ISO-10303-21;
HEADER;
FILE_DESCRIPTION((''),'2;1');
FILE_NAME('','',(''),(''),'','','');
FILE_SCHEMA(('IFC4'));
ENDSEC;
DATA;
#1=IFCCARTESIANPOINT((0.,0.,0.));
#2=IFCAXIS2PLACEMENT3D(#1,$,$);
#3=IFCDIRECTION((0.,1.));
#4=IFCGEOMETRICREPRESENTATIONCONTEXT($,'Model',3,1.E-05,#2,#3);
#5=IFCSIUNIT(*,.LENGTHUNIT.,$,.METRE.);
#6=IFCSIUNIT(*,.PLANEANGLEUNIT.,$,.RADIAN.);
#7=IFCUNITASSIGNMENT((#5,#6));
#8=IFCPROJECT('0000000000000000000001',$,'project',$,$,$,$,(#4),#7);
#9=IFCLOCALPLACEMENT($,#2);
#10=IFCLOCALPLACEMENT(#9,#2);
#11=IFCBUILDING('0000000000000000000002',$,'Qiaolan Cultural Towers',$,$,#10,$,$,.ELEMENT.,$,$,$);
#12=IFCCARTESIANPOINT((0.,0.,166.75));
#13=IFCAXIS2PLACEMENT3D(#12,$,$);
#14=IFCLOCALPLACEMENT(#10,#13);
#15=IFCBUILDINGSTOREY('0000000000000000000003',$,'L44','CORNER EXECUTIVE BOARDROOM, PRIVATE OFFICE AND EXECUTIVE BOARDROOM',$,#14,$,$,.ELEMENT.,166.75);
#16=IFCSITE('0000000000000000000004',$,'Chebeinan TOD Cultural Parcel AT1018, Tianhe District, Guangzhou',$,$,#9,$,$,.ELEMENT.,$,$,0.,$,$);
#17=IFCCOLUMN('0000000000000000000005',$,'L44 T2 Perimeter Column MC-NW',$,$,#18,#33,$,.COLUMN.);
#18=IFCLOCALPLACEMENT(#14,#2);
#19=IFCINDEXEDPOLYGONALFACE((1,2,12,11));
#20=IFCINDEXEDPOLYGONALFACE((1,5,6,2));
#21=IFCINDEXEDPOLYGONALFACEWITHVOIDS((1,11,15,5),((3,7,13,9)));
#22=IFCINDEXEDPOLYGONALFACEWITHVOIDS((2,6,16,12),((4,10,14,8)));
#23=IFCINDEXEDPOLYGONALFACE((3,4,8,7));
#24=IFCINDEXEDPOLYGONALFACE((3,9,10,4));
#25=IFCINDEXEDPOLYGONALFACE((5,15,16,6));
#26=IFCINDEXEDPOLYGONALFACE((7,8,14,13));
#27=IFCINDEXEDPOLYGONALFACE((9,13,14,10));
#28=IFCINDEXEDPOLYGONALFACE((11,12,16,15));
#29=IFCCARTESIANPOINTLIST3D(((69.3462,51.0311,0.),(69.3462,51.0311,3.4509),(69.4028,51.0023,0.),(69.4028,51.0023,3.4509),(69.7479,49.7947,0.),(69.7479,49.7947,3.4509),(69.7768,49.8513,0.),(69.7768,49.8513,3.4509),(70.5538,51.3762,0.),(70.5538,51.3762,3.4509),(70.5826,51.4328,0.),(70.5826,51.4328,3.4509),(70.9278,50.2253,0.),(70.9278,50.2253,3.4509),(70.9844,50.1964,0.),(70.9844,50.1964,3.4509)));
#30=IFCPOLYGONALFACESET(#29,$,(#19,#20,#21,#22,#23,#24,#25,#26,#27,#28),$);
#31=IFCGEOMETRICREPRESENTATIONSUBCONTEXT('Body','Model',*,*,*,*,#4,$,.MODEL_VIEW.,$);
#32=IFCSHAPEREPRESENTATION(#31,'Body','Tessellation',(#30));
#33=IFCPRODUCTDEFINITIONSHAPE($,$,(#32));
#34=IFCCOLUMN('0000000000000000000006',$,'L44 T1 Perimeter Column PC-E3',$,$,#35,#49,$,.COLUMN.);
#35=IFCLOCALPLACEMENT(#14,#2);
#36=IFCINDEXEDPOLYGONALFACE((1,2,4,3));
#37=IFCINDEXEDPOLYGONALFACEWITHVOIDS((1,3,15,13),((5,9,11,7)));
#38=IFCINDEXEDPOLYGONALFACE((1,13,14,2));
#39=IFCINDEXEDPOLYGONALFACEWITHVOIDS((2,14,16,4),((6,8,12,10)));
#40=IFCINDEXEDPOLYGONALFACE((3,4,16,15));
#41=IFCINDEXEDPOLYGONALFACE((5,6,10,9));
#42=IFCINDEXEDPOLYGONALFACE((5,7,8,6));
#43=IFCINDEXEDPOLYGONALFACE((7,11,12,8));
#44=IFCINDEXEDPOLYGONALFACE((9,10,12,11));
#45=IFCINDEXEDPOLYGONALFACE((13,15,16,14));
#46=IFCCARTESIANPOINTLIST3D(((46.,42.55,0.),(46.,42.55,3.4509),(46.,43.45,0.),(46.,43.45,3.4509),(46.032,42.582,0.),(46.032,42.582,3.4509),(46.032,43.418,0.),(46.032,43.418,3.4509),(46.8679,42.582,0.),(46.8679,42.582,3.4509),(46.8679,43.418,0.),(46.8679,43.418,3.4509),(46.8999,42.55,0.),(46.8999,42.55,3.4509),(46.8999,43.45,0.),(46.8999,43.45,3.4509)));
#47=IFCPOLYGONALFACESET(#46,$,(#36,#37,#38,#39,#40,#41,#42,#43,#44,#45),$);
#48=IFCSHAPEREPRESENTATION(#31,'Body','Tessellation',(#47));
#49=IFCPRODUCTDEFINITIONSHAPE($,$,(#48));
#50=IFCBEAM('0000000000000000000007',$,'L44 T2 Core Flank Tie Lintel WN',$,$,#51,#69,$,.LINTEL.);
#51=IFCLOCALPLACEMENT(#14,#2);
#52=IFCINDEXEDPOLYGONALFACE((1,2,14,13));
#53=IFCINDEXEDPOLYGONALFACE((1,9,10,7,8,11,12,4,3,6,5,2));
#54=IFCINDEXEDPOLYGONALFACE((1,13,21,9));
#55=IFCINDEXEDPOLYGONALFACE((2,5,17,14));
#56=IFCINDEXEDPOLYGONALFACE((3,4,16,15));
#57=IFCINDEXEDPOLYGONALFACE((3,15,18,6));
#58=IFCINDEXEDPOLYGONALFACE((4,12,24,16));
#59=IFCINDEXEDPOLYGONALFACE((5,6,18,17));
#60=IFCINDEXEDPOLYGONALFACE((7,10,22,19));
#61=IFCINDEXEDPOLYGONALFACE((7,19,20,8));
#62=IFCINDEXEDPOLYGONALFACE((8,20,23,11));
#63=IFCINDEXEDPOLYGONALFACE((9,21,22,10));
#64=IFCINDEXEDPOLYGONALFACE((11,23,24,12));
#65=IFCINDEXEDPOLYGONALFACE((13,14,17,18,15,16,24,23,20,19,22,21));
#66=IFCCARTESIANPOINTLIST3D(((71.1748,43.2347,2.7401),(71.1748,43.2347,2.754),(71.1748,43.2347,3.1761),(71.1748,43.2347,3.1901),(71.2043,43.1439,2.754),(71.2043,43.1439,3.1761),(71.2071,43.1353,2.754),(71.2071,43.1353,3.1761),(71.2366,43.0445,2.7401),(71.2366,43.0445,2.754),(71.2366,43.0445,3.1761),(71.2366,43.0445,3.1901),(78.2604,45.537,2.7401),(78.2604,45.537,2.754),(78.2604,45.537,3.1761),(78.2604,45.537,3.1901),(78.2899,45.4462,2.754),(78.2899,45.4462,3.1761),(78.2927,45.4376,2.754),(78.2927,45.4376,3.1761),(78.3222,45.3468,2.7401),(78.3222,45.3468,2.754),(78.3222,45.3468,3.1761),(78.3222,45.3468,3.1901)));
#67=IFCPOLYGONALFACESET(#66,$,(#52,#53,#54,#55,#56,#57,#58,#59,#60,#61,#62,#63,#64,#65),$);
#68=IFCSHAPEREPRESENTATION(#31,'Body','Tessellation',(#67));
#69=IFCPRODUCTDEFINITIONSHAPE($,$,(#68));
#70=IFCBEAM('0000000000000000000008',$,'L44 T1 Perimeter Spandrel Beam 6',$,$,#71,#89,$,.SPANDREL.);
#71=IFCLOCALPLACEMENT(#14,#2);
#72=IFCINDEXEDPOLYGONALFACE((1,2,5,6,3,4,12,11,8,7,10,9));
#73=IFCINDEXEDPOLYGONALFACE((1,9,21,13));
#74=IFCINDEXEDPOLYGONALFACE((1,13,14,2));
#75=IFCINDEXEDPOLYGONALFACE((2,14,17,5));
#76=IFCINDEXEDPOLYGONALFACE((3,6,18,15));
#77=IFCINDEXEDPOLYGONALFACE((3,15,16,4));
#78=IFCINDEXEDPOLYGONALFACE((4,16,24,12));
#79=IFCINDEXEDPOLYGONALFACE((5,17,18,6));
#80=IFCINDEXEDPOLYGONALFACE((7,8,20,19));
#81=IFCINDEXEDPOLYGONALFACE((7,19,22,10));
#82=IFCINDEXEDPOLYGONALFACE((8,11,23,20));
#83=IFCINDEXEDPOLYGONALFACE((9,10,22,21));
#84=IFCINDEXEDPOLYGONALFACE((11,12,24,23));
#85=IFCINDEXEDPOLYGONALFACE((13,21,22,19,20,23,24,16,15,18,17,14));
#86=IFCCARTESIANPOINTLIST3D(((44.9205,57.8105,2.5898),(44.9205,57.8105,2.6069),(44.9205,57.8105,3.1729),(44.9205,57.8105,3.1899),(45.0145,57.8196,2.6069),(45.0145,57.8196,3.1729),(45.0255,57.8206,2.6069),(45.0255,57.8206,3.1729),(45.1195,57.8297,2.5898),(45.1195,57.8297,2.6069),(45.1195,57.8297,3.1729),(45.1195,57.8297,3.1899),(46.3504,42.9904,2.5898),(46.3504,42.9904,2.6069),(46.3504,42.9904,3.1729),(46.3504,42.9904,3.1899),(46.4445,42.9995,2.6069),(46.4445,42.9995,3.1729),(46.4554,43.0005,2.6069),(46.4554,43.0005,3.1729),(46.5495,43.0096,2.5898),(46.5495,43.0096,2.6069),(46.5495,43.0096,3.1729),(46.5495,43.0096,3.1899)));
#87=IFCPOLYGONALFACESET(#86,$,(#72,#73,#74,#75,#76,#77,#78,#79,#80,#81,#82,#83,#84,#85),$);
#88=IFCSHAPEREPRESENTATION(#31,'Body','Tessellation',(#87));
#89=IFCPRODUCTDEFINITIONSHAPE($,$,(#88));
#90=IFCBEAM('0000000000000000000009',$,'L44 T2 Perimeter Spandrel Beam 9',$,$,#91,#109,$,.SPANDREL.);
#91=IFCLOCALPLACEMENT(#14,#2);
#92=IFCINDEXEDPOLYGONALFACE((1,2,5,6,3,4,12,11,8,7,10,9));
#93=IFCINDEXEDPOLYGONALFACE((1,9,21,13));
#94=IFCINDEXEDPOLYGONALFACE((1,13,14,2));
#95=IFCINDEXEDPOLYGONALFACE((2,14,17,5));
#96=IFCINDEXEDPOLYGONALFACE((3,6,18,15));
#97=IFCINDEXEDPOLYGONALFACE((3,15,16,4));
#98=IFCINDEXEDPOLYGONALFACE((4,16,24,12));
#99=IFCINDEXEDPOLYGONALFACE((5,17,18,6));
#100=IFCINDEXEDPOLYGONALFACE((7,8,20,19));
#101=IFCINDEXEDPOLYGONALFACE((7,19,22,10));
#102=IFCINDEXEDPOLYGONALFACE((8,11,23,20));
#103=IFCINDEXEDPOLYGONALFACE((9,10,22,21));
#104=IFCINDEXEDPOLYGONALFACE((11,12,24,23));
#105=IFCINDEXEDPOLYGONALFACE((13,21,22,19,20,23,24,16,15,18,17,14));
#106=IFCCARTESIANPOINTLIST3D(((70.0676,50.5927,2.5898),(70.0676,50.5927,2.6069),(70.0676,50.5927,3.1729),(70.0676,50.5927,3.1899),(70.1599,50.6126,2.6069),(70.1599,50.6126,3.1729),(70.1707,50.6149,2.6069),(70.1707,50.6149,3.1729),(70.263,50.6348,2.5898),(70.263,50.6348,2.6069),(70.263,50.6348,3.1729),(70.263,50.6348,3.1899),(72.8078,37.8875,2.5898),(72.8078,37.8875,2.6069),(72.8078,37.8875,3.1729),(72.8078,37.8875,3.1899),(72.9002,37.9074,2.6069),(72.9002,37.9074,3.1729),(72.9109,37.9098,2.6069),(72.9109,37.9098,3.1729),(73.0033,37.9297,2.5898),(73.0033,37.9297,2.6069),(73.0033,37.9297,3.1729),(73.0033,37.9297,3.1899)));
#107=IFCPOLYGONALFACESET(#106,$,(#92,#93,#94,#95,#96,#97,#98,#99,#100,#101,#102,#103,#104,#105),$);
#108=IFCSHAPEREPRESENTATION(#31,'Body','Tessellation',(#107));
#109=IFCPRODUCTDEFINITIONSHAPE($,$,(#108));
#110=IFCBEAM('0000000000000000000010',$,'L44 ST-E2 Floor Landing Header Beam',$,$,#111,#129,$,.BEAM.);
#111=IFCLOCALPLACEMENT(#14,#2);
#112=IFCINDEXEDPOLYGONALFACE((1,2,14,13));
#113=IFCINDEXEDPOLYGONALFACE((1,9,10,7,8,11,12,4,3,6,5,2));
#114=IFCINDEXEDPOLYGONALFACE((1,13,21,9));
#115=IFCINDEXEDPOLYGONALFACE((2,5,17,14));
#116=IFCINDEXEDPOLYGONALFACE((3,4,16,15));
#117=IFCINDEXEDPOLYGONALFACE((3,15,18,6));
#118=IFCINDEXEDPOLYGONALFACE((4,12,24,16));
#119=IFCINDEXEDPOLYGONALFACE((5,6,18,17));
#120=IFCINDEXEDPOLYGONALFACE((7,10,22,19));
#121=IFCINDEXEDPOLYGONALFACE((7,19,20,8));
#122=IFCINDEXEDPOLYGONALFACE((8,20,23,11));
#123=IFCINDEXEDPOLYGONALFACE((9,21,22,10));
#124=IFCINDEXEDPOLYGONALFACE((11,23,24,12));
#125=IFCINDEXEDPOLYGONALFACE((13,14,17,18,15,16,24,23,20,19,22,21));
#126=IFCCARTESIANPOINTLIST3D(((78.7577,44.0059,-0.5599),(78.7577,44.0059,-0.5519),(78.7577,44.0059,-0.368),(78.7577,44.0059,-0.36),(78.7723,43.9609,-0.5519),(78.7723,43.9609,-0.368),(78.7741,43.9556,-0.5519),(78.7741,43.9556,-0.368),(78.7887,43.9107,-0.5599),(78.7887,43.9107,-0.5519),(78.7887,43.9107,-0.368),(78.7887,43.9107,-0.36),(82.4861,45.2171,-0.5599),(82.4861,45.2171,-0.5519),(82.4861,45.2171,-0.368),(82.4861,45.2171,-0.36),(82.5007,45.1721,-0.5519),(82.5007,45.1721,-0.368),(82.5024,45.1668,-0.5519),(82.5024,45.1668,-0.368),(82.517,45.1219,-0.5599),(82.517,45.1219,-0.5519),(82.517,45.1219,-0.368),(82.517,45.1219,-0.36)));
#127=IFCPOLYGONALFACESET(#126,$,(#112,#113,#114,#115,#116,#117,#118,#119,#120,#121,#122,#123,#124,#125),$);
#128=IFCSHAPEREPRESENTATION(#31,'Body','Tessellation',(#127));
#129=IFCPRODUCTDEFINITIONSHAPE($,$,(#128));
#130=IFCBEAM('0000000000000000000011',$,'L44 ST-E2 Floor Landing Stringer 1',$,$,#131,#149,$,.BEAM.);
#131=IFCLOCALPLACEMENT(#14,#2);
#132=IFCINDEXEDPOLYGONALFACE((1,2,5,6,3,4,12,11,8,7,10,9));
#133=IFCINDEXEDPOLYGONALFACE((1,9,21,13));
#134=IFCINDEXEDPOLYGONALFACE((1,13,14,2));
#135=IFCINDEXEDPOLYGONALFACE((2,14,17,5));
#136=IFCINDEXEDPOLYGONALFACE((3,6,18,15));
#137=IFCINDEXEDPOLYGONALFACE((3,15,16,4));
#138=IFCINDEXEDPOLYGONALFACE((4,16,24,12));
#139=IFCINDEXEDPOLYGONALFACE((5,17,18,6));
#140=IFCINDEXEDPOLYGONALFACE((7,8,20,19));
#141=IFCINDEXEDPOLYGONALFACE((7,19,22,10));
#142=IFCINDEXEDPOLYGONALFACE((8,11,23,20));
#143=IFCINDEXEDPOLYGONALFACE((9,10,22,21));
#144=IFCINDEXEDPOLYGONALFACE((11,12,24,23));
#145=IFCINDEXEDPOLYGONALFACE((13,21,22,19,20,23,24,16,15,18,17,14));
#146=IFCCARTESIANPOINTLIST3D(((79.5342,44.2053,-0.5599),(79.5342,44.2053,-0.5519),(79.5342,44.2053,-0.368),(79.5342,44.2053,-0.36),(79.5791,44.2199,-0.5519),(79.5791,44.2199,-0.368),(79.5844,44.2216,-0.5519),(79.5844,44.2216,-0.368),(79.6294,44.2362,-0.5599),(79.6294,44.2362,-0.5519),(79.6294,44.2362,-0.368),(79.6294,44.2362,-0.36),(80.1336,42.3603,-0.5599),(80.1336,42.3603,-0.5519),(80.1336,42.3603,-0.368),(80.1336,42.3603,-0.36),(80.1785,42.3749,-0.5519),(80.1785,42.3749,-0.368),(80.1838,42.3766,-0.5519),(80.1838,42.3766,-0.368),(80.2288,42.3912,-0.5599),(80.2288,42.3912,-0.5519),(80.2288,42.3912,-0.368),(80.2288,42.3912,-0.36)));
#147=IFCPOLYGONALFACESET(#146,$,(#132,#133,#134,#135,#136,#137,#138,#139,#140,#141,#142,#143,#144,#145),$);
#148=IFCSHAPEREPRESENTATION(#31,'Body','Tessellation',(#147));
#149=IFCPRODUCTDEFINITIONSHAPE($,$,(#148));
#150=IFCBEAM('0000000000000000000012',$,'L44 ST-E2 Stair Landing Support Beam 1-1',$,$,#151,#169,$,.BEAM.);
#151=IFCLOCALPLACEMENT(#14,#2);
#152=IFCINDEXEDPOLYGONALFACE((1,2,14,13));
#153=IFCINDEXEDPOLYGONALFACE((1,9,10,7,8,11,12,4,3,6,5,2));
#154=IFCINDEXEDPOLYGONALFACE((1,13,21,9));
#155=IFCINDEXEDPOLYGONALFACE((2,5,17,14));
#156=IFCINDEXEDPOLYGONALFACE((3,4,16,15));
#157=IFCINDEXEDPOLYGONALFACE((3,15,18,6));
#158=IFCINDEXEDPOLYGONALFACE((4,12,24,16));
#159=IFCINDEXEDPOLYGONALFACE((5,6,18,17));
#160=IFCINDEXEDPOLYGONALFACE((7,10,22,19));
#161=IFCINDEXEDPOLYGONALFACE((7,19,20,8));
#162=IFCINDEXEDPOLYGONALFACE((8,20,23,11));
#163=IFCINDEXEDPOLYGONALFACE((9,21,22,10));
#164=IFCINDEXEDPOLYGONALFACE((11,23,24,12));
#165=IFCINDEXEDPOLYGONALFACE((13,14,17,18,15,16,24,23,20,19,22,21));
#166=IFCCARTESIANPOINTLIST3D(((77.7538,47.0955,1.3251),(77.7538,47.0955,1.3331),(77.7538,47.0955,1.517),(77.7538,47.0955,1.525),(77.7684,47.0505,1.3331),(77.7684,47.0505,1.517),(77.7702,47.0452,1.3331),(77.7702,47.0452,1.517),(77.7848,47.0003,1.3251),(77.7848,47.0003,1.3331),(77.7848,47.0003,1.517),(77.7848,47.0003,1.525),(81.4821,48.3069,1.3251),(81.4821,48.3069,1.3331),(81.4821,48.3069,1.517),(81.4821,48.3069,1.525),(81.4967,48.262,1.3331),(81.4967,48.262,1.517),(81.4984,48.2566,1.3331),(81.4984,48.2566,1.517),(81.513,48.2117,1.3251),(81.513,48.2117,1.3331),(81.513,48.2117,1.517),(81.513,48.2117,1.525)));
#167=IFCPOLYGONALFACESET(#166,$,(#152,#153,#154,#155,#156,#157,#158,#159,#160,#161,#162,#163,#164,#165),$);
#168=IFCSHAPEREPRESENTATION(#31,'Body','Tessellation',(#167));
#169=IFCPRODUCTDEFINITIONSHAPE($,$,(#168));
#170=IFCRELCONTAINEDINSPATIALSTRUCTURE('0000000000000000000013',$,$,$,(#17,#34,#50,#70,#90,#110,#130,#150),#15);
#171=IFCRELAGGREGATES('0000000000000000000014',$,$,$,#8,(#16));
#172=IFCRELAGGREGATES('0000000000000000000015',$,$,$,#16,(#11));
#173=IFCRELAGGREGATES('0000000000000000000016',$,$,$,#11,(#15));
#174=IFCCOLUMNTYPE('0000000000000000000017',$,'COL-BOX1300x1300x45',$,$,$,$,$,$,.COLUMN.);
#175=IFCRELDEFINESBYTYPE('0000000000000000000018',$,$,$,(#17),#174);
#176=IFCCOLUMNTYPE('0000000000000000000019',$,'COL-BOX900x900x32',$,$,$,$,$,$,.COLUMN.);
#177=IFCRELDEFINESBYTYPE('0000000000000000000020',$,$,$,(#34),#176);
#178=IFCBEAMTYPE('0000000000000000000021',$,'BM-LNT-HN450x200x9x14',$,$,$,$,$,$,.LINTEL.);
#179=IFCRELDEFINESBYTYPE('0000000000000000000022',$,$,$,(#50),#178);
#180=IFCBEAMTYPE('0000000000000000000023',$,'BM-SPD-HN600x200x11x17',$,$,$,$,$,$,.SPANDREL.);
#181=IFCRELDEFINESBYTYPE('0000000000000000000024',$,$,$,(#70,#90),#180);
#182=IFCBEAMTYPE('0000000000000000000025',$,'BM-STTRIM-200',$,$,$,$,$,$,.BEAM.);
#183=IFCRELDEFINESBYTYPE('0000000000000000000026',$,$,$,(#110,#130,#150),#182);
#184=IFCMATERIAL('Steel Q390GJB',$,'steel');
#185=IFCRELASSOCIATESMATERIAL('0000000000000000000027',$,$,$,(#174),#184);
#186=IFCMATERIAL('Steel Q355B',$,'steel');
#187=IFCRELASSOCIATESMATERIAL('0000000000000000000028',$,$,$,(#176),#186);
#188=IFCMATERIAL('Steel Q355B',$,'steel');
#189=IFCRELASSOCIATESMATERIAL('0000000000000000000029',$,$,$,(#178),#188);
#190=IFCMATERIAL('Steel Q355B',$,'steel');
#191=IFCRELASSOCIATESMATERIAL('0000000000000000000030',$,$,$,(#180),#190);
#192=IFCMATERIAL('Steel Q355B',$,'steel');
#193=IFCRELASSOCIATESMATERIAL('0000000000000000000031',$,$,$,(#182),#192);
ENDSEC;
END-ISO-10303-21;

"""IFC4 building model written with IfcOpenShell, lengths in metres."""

from ifc_helpers import new_model, si_unit, direction, frame, origin, origin_2d, place, context, subcontext, project, spatial, hollow_rectangle, i_section, extrude, material, material_profile, profile_set, type_object, element, save


model = new_model("IFC4")

# Units and contexts
model_context = context("Model", 3, precision=1e-05, world=origin(), true_north=direction((0.0, 1.0)))
body_context = subcontext(model_context, "Body", "Model", "MODEL_VIEW")
ifc_project = project(units=[si_unit("LENGTHUNIT", "METRE"), si_unit("PLANEANGLEUNIT", "RADIAN")], contexts=[model_context])

# Site, building, storey
site_placement = place(None, origin())
site = spatial("IfcSite", under=ifc_project, at=site_placement, Name="Chebeinan TOD Cultural Parcel AT1018, Tianhe District, Guangzhou", CompositionType="ELEMENT", RefElevation=0.0)
building_placement = place(site_placement, origin())
building = spatial("IfcBuilding", under=site, at=building_placement, Name="Qiaolan Cultural Towers", CompositionType="ELEMENT")
storey_placement = place(building_placement, frame((0.0, 0.0, 166.75)))
storey = spatial("IfcBuildingStorey", under=building, at=storey_placement, Name="L44", Description="CORNER EXECUTIVE BOARDROOM, PRIVATE OFFICE AND EXECUTIVE BOARDROOM", CompositionType="ELEMENT", Elevation=166.75)

# Columns
ifc_material_1 = material(Name="Steel Q390GJB", Category="steel")
ifc_material_profile_1 = material_profile(ifc_material_1, hollow_rectangle(XDim=1.3, YDim=1.3, WallThickness=0.0449, at=origin_2d()), Name="BOX1300x1300x45")
ifc_profile_set_1 = profile_set([ifc_material_profile_1], Name="Steel Q390GJB")
column_type_1 = type_object("IfcColumnType", Name="COL-BOX1300x1300x45", PredefinedType="COLUMN", material=ifc_profile_set_1)
column_1_placement = place(storey_placement, frame((70.1653, 50.6138, 0.0), z_axis=(0.0, 0.0, 1.0), x_axis=(0.951057, 0.309017, 0.0)))
element("IfcColumn", 1, at=column_1_placement, inside=storey, type_object=column_type_1, Name="L44 T2 Perimeter Column MC-NW", PredefinedType="COLUMN", context=body_context, shape_type="SweptSolid", body=[
    extrude(hollow_rectangle(XDim=1.3, YDim=1.3, WallThickness=0.0449, at=origin_2d()), origin(), (0.0, 0.0, 1.0), 3.4509),
])
ifc_material_2 = material(Name="Steel Q355B", Category="steel")
ifc_material_profile_2 = material_profile(ifc_material_2, hollow_rectangle(XDim=0.8999, YDim=0.8999, WallThickness=0.032, at=origin_2d()), Name="BOX900x900x32")
ifc_profile_set_2 = profile_set([ifc_material_profile_2], Name="Steel Q355B")
column_type_2 = type_object("IfcColumnType", Name="COL-BOX900x900x32", PredefinedType="COLUMN", material=ifc_profile_set_2)
column_2_placement = place(storey_placement, frame((46.45, 43.0, 0.0), z_axis=(0.0, 0.0, 1.0), x_axis=(1.0, 0.0, 0.0)))
element("IfcColumn", 2, at=column_2_placement, inside=storey, type_object=column_type_2, Name="L44 T1 Perimeter Column PC-E3", PredefinedType="COLUMN", context=body_context, shape_type="SweptSolid", body=[
    extrude(hollow_rectangle(XDim=0.8999, YDim=0.8999, WallThickness=0.032, at=origin_2d()), origin(), (0.0, 0.0, 1.0), 3.4509),
])

# Beams
ifc_material_3 = material(Name="Steel Q355B", Category="steel")
ifc_material_profile_3 = material_profile(ifc_material_3, i_section(OverallWidth=0.2, OverallDepth=0.45, WebThickness=0.009, FlangeThickness=0.0139, at=origin_2d()), Name="HN450x200x9x14")
ifc_profile_set_3 = profile_set([ifc_material_profile_3], Name="Steel Q355B")
beam_type_1 = type_object("IfcBeamType", Name="BM-LNT-HN450x200x9x14", PredefinedType="LINTEL", material=ifc_profile_set_3)
beam_1_placement = place(storey_placement, frame((78.2913, 45.4419, 2.9651), z_axis=(-0.951055, -0.309022, 0.0), x_axis=(0.309022, -0.951055, 0.0)))
element("IfcBeam", 3, at=beam_1_placement, inside=storey, type_object=beam_type_1, Name="L44 T2 Core Flank Tie Lintel WN", PredefinedType="LINTEL", context=body_context, shape_type="SweptSolid", body=[
    extrude(i_section(OverallWidth=0.2, OverallDepth=0.45, WebThickness=0.009, FlangeThickness=0.0139, at=origin_2d()), origin(), (0.0, 0.0, 1.0), 7.4502),
])
ifc_material_4 = material(Name="Steel Q355B", Category="steel")
ifc_material_profile_4 = material_profile(ifc_material_4, i_section(OverallWidth=0.2, OverallDepth=0.6001, WebThickness=0.011, FlangeThickness=0.0171, at=origin_2d()), Name="HN600x200x11x17")
ifc_profile_set_4 = profile_set([ifc_material_profile_4], Name="Steel Q355B")
beam_type_2 = type_object("IfcBeamType", Name="BM-SPD-HN600x200x11x17", PredefinedType="SPANDREL", material=ifc_profile_set_4)
beam_2_placement = place(storey_placement, frame((46.45, 43.0, 2.8899), z_axis=(-0.09604, 0.995377, 0.0), x_axis=(-0.995377, -0.09604, 0.0)))
element("IfcBeam", 4, at=beam_2_placement, inside=storey, type_object=beam_type_2, Name="L44 T1 Perimeter Spandrel Beam 6", PredefinedType="SPANDREL", context=body_context, shape_type="SweptSolid", body=[
    extrude(i_section(OverallWidth=0.2, OverallDepth=0.6001, WebThickness=0.011, FlangeThickness=0.0171, at=origin_2d()), origin(), (0.0, 0.0, 1.0), 14.8889),
])
beam_3_placement = place(storey_placement, frame((70.1653, 50.6138, 2.8899), z_axis=(0.210832, -0.977522, 0.0), x_axis=(0.977522, 0.210832, 0.0)))
element("IfcBeam", 5, at=beam_3_placement, inside=storey, type_object=beam_type_2, Name="L44 T2 Perimeter Spandrel Beam 9", PredefinedType="SPANDREL", context=body_context, shape_type="SweptSolid", body=[
    extrude(i_section(OverallWidth=0.2, OverallDepth=0.6001, WebThickness=0.011, FlangeThickness=0.0171, at=origin_2d()), origin(), (0.0, 0.0, 1.0), 12.9973),
])
ifc_material_5 = material(Name="Steel Q355B", Category="steel")
ifc_material_profile_5 = material_profile(ifc_material_5, i_section(OverallWidth=0.1001, OverallDepth=0.2, WebThickness=0.0056, FlangeThickness=0.0081, at=origin_2d()), Name="HN200x100x5.5x8")
ifc_profile_set_5 = profile_set([ifc_material_profile_5], Name="Steel Q355B")
beam_type_3 = type_object("IfcBeamType", Name="BM-STTRIM-200", PredefinedType="BEAM", material=ifc_profile_set_5)
beam_4_placement = place(storey_placement, frame((78.7732, 43.9583, -0.46), z_axis=(0.951072, 0.308969, 0.0), x_axis=(-0.308969, 0.951072, 0.0)))
element("IfcBeam", 6, at=beam_4_placement, inside=storey, type_object=beam_type_3, Name="L44 ST-E2 Floor Landing Header Beam", PredefinedType="BEAM", context=body_context, shape_type="SweptSolid", body=[
    extrude(i_section(OverallWidth=0.1001, OverallDepth=0.2, WebThickness=0.0056, FlangeThickness=0.0081, at=origin_2d()), origin(), (0.0, 0.0, 1.0), 3.9202),
])
beam_5_placement = place(storey_placement, frame((80.1812, 42.3757, -0.46), z_axis=(-0.308969, 0.951072, 0.0), x_axis=(-0.951072, -0.308969, 0.0)))
element("IfcBeam", 7, at=beam_5_placement, inside=storey, type_object=beam_type_3, Name="L44 ST-E2 Floor Landing Stringer 1", PredefinedType="BEAM", context=body_context, shape_type="SweptSolid", body=[
    extrude(i_section(OverallWidth=0.1001, OverallDepth=0.2, WebThickness=0.0056, FlangeThickness=0.0081, at=origin_2d()), origin(), (0.0, 0.0, 1.0), 1.9399),
])
for number, where, z_axis, x_axis, name in (
    (8, (77.7693, 47.0479, 1.425), (0.951054, 0.309026, 0.0), (-0.309026, 0.951054, 0.0), "L44 ST-E2 Stair Landing Support Beam 1-1"),
):
    element("IfcBeam", number, at=place(storey_placement, frame(where, z_axis=z_axis, x_axis=x_axis)), inside=storey, type_object=beam_type_3, Name=name, PredefinedType="BEAM", context=body_context, shape_type="SweptSolid", body=[
        extrude(i_section(OverallWidth=0.1001, OverallDepth=0.2, WebThickness=0.0056, FlangeThickness=0.0081, at=origin_2d()), origin(), (0.0, 0.0, 1.0), 3.9202),
    ])

save(model, "model.ifc")
